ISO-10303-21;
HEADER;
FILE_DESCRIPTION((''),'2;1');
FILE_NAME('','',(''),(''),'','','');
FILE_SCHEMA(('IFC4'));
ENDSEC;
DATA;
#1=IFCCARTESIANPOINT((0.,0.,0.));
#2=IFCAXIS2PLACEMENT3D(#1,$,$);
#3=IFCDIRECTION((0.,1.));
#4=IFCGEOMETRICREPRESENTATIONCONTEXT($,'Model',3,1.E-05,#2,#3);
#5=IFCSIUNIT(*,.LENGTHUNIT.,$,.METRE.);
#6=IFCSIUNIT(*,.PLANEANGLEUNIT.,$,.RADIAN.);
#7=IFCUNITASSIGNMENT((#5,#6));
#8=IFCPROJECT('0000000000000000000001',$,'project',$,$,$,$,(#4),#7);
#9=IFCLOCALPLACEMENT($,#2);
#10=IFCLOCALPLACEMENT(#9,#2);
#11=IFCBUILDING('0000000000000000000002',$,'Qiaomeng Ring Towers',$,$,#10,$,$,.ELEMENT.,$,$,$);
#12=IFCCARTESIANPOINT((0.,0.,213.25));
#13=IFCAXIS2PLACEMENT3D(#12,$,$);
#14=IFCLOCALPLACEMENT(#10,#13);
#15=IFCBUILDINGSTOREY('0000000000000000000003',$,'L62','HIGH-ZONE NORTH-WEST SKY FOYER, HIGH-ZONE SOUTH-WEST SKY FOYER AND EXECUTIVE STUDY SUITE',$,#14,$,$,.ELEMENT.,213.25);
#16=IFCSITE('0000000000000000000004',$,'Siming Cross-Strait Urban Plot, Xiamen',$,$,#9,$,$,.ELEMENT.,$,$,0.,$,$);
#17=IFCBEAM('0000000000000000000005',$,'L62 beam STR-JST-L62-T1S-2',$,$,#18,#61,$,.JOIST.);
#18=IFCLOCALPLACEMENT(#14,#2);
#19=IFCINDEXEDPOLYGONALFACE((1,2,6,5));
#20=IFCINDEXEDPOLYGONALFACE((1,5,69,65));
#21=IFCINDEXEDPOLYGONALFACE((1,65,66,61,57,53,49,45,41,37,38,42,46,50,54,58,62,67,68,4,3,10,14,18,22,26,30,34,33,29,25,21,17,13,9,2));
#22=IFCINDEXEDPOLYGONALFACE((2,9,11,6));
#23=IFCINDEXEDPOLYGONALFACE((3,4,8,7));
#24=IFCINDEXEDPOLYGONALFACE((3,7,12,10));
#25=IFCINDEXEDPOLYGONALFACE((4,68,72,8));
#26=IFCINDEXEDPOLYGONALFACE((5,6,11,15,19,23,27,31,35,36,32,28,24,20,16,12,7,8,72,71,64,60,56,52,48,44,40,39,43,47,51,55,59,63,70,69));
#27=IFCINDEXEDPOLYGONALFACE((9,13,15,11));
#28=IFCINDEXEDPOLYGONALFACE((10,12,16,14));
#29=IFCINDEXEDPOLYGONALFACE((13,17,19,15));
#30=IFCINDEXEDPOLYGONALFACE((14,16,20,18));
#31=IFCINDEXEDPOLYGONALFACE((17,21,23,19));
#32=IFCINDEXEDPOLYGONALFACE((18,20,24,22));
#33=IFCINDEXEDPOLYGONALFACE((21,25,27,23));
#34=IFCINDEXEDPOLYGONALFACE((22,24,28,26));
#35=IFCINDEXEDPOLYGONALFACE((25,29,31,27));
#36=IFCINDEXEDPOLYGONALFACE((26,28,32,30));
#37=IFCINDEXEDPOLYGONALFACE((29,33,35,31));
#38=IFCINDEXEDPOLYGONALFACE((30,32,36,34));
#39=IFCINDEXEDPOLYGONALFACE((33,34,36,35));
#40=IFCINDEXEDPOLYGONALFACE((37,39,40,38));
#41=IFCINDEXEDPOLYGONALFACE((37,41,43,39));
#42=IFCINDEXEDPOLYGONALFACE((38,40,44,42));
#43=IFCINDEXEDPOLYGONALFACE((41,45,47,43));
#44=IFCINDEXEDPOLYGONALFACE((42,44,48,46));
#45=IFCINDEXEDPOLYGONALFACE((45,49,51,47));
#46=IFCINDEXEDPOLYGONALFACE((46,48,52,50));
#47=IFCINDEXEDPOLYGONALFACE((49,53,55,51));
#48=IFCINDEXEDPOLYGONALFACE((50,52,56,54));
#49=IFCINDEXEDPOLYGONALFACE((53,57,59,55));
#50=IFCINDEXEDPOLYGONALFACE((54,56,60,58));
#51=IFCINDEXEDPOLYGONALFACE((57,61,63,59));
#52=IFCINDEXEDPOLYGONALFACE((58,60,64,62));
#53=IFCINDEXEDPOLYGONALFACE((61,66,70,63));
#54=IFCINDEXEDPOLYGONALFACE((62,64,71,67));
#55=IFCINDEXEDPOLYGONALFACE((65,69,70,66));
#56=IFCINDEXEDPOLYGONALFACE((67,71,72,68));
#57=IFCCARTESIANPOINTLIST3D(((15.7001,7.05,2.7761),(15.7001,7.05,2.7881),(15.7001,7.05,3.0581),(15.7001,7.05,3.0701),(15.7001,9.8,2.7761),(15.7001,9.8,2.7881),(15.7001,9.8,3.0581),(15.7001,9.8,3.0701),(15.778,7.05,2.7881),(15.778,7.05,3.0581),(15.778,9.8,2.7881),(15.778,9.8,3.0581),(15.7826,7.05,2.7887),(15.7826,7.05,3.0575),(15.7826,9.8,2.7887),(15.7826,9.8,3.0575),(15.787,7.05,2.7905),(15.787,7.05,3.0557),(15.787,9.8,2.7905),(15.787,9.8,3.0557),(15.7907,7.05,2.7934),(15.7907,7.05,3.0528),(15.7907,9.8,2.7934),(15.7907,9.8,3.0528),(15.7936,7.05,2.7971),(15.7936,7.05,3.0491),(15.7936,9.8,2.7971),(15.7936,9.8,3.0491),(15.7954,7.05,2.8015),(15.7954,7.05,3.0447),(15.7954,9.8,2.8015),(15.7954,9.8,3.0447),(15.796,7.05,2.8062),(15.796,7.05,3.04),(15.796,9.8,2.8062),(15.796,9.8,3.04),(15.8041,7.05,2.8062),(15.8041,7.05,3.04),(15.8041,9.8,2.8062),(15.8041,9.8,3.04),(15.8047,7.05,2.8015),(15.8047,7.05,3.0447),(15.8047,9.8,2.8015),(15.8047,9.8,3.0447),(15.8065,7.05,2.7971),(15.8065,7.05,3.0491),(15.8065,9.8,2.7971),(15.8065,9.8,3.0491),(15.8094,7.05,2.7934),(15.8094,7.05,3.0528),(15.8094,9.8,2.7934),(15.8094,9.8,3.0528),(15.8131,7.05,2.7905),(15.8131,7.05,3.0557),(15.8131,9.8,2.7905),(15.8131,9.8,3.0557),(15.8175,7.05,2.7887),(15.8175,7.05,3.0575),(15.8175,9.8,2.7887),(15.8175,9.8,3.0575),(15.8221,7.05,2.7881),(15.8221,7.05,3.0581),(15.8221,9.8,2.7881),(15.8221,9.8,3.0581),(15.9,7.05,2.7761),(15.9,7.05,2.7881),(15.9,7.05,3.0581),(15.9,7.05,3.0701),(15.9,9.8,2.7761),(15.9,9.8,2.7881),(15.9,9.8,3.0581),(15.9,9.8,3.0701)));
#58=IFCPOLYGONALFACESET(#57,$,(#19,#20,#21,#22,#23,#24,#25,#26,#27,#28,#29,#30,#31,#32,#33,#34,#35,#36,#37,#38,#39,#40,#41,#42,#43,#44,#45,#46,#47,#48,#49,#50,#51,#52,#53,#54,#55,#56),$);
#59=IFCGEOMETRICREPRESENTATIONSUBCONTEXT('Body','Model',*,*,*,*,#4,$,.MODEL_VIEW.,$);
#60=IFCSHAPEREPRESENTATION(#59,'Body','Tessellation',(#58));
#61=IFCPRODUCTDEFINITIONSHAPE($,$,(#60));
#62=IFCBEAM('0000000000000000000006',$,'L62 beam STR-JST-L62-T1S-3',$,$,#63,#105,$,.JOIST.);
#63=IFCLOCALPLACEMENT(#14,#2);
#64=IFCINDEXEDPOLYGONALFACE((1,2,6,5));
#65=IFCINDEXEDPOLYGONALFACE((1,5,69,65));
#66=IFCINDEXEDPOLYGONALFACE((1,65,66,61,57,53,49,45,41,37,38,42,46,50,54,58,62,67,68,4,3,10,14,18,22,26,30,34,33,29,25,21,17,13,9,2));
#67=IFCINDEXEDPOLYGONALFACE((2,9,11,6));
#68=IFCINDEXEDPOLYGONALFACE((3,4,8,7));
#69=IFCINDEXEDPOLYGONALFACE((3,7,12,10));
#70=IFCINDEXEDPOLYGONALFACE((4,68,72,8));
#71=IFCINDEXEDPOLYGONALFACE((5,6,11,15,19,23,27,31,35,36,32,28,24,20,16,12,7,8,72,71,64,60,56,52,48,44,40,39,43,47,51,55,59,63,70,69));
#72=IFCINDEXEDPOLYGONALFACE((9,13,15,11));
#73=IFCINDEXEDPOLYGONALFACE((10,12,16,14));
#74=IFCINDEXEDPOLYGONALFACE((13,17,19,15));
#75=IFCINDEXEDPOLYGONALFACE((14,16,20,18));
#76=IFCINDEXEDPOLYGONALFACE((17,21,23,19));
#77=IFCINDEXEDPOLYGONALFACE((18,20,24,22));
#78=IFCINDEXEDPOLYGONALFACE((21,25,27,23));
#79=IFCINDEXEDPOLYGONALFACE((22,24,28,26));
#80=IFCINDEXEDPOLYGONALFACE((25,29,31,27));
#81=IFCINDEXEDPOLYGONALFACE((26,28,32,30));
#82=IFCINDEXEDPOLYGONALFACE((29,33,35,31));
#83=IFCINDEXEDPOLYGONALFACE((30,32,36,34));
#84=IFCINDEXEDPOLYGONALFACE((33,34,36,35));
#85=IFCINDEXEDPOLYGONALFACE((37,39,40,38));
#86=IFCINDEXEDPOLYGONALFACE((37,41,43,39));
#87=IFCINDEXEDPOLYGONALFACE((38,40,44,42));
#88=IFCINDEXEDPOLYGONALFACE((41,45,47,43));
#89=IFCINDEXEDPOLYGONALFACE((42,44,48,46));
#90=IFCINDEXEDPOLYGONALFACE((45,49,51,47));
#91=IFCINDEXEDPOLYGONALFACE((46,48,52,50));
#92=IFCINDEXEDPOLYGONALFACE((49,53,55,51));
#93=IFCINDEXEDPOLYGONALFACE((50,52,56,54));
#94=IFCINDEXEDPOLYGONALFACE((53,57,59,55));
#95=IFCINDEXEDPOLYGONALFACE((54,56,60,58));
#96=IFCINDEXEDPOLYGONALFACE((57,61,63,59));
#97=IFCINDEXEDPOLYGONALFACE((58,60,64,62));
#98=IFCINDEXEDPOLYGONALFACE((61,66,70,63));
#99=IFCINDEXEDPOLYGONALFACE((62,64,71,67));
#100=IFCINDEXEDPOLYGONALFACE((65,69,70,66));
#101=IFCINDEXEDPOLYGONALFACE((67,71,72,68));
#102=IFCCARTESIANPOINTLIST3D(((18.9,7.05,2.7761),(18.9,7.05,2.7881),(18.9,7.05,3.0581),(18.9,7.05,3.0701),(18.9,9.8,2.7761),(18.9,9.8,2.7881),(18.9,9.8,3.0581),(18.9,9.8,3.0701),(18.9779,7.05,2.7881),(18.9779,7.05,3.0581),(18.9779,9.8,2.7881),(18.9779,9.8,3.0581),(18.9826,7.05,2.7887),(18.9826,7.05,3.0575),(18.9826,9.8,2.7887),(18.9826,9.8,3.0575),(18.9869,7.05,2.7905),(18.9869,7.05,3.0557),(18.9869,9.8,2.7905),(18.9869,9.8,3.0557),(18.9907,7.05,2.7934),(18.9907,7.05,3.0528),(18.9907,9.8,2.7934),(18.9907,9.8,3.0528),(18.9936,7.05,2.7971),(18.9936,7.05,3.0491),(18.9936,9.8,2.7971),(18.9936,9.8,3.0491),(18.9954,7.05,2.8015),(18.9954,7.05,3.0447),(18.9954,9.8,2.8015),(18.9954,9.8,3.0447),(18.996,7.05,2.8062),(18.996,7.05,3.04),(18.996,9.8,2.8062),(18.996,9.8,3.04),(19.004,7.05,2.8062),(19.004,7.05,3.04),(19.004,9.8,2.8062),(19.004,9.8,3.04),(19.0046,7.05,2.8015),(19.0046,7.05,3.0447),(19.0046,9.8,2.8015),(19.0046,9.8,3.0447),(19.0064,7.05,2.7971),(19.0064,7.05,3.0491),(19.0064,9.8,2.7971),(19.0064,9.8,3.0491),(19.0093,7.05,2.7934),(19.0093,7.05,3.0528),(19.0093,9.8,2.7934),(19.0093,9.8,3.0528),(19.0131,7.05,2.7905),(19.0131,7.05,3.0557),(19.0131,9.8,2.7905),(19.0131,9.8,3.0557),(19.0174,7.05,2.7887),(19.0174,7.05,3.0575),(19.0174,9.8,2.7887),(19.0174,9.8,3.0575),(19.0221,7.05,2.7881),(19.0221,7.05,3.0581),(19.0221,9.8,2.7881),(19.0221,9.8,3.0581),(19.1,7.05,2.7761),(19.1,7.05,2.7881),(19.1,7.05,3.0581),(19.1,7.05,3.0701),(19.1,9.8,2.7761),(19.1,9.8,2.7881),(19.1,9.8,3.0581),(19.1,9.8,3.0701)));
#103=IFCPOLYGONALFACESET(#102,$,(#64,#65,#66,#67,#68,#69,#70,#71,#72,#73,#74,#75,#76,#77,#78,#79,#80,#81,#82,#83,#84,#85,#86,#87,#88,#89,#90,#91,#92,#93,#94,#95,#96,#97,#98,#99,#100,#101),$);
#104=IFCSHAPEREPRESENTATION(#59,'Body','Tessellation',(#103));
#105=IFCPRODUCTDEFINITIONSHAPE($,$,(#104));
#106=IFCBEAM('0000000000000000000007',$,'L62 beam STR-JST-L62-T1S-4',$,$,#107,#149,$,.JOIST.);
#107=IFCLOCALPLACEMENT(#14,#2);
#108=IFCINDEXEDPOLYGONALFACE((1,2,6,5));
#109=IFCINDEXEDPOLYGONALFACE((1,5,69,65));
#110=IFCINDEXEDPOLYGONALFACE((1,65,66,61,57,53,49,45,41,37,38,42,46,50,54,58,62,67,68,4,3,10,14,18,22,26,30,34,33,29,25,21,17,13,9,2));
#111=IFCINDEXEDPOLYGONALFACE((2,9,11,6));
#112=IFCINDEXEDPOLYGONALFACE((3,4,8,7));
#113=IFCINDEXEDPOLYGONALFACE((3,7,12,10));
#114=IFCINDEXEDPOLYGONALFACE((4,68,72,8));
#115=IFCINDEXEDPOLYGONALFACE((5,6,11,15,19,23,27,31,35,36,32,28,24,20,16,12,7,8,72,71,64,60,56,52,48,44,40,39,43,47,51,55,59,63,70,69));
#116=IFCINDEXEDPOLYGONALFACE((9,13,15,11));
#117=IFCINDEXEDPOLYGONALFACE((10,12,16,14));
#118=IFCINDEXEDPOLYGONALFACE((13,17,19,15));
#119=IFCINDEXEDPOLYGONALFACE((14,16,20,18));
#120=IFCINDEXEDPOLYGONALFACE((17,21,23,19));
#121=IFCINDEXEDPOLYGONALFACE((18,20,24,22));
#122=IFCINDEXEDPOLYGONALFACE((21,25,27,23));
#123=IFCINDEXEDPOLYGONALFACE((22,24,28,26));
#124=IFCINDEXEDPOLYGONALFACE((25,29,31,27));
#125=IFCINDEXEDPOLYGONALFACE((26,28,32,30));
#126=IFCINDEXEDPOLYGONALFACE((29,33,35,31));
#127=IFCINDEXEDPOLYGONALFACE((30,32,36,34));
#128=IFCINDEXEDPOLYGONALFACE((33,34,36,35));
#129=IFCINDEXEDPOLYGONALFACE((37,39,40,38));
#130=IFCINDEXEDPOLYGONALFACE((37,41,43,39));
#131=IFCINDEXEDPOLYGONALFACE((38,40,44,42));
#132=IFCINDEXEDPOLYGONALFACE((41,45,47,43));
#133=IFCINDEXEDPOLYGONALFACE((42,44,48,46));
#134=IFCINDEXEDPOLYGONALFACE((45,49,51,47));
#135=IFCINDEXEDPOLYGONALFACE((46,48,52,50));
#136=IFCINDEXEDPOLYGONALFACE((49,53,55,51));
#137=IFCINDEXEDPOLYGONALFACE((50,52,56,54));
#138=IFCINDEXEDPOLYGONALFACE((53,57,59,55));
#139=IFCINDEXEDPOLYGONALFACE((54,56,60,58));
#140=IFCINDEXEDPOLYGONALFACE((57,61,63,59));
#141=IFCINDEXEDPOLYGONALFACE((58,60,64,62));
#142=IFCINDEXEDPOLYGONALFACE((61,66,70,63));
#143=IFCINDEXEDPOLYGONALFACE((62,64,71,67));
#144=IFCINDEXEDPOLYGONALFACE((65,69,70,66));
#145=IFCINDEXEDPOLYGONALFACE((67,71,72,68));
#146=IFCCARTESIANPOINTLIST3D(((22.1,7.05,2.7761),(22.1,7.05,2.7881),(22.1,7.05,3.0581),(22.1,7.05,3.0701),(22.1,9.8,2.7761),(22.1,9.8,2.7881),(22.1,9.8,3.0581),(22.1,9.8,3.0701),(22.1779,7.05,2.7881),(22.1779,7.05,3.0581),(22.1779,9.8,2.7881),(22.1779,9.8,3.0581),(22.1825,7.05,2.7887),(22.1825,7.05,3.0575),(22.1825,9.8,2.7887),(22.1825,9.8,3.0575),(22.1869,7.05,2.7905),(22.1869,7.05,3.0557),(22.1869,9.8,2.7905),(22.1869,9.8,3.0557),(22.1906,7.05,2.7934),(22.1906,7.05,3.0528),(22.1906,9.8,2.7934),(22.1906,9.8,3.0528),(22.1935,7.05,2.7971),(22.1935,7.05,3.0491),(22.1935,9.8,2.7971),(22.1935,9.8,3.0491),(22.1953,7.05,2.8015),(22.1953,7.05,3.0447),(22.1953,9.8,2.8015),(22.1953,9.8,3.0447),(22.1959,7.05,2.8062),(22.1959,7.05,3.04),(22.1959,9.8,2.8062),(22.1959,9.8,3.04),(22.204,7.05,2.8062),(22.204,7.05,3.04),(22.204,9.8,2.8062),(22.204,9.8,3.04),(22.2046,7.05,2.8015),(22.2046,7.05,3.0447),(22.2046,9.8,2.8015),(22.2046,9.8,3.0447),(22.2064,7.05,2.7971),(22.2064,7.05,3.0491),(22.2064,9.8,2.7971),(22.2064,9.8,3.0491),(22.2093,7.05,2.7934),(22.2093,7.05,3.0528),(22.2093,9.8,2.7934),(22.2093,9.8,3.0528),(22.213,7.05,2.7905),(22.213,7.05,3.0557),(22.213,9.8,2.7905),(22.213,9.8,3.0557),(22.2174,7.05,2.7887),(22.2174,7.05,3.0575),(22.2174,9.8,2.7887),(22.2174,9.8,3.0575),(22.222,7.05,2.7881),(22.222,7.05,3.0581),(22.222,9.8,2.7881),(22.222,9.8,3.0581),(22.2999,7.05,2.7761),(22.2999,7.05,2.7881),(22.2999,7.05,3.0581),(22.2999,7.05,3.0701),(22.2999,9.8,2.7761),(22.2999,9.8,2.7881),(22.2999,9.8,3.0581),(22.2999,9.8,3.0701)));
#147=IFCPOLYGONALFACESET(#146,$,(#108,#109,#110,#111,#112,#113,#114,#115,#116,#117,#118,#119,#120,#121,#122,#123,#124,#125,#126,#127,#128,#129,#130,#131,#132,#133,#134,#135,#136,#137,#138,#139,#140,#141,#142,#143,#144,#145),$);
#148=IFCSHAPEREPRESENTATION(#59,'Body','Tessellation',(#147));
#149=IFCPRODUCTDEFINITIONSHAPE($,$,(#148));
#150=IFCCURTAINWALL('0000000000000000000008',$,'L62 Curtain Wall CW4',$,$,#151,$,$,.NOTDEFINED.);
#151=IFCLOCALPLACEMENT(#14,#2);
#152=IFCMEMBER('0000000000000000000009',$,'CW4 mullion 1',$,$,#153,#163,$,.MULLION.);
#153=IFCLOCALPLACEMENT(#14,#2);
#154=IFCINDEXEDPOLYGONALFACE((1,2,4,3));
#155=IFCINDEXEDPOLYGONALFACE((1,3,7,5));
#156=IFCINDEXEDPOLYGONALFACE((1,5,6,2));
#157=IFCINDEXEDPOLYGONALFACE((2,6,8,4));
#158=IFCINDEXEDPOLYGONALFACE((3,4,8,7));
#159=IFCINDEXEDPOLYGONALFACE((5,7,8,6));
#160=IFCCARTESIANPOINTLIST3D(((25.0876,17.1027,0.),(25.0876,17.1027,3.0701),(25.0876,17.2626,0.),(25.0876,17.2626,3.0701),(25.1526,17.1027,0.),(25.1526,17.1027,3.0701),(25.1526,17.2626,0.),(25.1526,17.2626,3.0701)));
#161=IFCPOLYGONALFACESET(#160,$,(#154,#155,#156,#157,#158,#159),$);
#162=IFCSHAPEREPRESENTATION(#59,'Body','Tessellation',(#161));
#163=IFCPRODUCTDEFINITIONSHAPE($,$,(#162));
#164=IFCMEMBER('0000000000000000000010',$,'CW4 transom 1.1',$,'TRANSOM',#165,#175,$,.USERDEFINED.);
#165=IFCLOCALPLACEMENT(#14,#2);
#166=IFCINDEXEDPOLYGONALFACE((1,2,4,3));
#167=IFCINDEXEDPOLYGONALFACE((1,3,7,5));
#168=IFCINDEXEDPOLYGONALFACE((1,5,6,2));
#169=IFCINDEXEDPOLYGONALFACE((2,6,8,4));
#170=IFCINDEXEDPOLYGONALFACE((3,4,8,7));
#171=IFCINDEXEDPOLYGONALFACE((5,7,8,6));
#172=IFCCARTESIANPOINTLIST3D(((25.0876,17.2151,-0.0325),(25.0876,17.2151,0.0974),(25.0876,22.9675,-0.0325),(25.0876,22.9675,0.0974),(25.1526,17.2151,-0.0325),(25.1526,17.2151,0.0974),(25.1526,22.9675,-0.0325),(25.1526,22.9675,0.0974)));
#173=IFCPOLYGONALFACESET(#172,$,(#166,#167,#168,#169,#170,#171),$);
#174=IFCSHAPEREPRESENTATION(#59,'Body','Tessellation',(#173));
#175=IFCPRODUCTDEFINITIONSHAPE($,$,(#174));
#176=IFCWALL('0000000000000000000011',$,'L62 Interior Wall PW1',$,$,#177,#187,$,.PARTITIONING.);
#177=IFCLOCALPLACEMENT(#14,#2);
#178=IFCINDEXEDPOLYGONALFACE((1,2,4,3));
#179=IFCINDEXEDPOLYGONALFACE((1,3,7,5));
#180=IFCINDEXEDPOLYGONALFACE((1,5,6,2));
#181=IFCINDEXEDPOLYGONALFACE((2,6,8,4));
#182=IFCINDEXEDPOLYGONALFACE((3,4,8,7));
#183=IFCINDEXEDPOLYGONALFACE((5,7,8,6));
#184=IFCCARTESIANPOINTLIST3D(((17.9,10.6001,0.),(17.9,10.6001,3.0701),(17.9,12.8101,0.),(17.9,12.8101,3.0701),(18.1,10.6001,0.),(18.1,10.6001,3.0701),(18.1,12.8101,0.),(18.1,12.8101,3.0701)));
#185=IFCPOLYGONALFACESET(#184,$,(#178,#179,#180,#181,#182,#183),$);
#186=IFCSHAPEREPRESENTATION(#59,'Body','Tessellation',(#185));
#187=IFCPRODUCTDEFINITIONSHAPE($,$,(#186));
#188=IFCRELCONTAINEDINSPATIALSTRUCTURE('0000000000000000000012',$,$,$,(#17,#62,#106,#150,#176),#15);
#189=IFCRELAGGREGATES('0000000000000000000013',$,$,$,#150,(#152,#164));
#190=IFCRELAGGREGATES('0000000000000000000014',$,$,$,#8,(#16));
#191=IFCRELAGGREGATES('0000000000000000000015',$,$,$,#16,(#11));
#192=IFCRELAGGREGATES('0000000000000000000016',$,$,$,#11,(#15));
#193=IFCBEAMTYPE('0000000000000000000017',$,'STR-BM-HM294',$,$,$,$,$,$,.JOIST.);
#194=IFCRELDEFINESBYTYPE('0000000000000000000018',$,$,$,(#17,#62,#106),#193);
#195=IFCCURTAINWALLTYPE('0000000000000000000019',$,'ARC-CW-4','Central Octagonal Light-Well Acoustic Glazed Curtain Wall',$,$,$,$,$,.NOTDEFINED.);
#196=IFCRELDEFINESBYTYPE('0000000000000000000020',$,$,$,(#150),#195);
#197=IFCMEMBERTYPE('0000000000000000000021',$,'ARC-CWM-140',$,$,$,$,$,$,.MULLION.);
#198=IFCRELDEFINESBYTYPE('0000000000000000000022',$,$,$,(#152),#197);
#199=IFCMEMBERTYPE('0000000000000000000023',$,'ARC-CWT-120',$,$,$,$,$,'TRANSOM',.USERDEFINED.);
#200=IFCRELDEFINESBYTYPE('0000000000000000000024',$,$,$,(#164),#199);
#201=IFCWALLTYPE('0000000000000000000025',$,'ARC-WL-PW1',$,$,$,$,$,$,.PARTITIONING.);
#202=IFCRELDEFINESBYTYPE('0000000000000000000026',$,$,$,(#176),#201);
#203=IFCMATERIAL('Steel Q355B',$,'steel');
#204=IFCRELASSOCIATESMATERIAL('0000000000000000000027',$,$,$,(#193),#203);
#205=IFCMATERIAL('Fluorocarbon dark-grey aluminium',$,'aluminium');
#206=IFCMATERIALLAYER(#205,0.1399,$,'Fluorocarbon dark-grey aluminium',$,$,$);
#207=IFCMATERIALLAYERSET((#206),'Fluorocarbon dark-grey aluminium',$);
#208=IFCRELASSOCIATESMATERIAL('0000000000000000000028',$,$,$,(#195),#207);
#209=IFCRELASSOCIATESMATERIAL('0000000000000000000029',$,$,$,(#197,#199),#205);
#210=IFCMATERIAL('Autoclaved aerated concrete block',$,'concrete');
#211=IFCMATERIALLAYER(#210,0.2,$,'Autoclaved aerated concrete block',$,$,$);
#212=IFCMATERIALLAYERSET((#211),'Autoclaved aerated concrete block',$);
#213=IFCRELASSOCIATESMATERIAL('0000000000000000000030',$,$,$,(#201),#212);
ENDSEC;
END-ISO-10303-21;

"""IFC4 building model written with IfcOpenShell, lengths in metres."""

from ifc_helpers import new_model, si_unit, direction, frame, frame_2d, origin, origin_2d, place, context, subcontext, project, spatial, rectangle, i_section, extrude, source, transform, mapped, material, layer, layer_set, material_profile, profile_set, type_object, element, aggregate, save


model = new_model("IFC4")

# Units and contexts
model_context = context("Model", 3, precision=1e-05, world=origin(), true_north=direction((0.0, 1.0)))
body_context = subcontext(model_context, "Body", "Model", "MODEL_VIEW")
ifc_project = project(units=[si_unit("LENGTHUNIT", "METRE"), si_unit("PLANEANGLEUNIT", "RADIAN")], contexts=[model_context])

# Site, building, storey
site_placement = place(None, origin())
site = spatial("IfcSite", under=ifc_project, at=site_placement, Name="Siming Cross-Strait Urban Plot, Xiamen", CompositionType="ELEMENT", RefElevation=0.0)
building_placement = place(site_placement, origin())
building = spatial("IfcBuilding", under=site, at=building_placement, Name="Qiaomeng Ring Towers", CompositionType="ELEMENT")
storey_placement = place(building_placement, frame((0.0, 0.0, 213.25)))
storey = spatial("IfcBuildingStorey", under=building, at=storey_placement, Name="L62", Description="HIGH-ZONE NORTH-WEST SKY FOYER, HIGH-ZONE SOUTH-WEST SKY FOYER AND EXECUTIVE STUDY SUITE", CompositionType="ELEMENT", Elevation=213.25)

# Beams
ifc_material_1 = material(Name="Steel Q355B", Category="steel")
ifc_material_profile_1 = material_profile(ifc_material_1, i_section(OverallWidth=0.2, OverallDepth=0.2939, WebThickness=0.0081, FlangeThickness=0.012, FilletRadius=0.0181, at=origin_2d()), Name="HM 294x200x8x12")
ifc_profile_set_1 = profile_set([ifc_material_profile_1], Name="Steel Q355B")
beam_type = type_object("IfcBeamType", Name="STR-BM-HM294", PredefinedType="JOIST", material=ifc_profile_set_1)
shared_shape_1 = source(origin(), body_context, "Body", "SweptSolid", [
    extrude(i_section(OverallWidth=0.2, OverallDepth=0.2939, WebThickness=0.0081, FlangeThickness=0.012, FilletRadius=0.0181, at=origin_2d()), origin(), (0.0, 0.0, 1.0), 2.75),
])
for number, where, z_axis, x_axis, name in (
    (1, (15.8, 7.05, 2.9231), (0.0, 1.0, 0.0), (-1.0, 0.0, 0.0), "L62 beam STR-JST-L62-T1S-2"),
    (2, (19.0, 7.05, 2.9231), (0.0, 1.0, 0.0), (-1.0, 0.0, 0.0), "L62 beam STR-JST-L62-T1S-3"),
    (3, (22.2, 7.05, 2.9231), (0.0, 1.0, 0.0), (-1.0, 0.0, 0.0), "L62 beam STR-JST-L62-T1S-4"),
):
    element("IfcBeam", number, at=place(storey_placement, frame(where, z_axis=z_axis, x_axis=x_axis)), inside=storey, type_object=beam_type, Name=name, PredefinedType="JOIST", context=body_context, shape_type="MappedRepresentation", body=[
        mapped(shared_shape_1, transform((0.0, 0.0, 0.0), x_axis=(1.0, 0.0, 0.0), y_axis=(0.0, 1.0, 0.0), z_axis=(0.0, 0.0, 1.0), scale=1.0)),
    ])

# Curtain wall, members
ifc_material_2 = material(Name="Fluorocarbon dark-grey aluminium", Category="aluminium")
ifc_layer_1 = layer(ifc_material_2, 0.1399, Name="Fluorocarbon dark-grey aluminium")
ifc_layer_set_1 = layer_set([ifc_layer_1], Name="Fluorocarbon dark-grey aluminium")
curtain_wall_type = type_object("IfcCurtainWallType", Name="ARC-CW-4", Description="Central Octagonal Light-Well Acoustic Glazed Curtain Wall", PredefinedType="NOTDEFINED", material=ifc_layer_set_1)
curtain_wall_placement = place(storey_placement, origin())
curtain_wall = element("IfcCurtainWall", 4, at=curtain_wall_placement, inside=storey, type_object=curtain_wall_type, Name="L62 Curtain Wall CW4", PredefinedType="NOTDEFINED")
ifc_material_profile_2 = material_profile(ifc_material_2, rectangle(XDim=0.0649, YDim=0.1599, at=origin_2d()), Name="ALU MULL 65x160")
ifc_profile_set_2 = profile_set([ifc_material_profile_2], Name="Fluorocarbon dark-grey aluminium")
member_type_1 = type_object("IfcMemberType", Name="ARC-CWM-140", PredefinedType="MULLION", material=ifc_profile_set_2)
shared_shape_2 = source(origin(), body_context, "Body", "SweptSolid", [
    extrude(rectangle(XDim=0.0649, YDim=0.1599, at=origin_2d()), origin(), (0.0, 0.0, 1.0), 3.0701),
])
member_1_placement = place(storey_placement, frame((25.1201, 17.1826, 0.0), z_axis=(0.0, 0.0, 1.0), x_axis=(-1.0, 0.0, 0.0)))
member_1 = element("IfcMember", 5, at=member_1_placement, type_object=member_type_1, Name="CW4 mullion 1", PredefinedType="MULLION", context=body_context, shape_type="MappedRepresentation", body=[
    mapped(shared_shape_2, transform((0.0, 0.0, 0.0), x_axis=(1.0, 0.0, 0.0), y_axis=(0.0, 1.0, 0.0), z_axis=(0.0, 0.0, 1.0), scale=1.0)),
])
ifc_material_profile_3 = material_profile(ifc_material_2, rectangle(XDim=0.0649, YDim=0.1299, at=origin_2d()), Name="ALU TRAN 65x130")
ifc_profile_set_3 = profile_set([ifc_material_profile_3], Name="Fluorocarbon dark-grey aluminium")
member_type_2 = type_object("IfcMemberType", Name="ARC-CWT-120", ElementType="TRANSOM", PredefinedType="USERDEFINED", material=ifc_profile_set_3)
shared_shape_3 = source(origin(), body_context, "Body", "SweptSolid", [
    extrude(rectangle(XDim=0.0649, YDim=0.1299, at=origin_2d()), origin(), (0.0, 0.0, 1.0), 5.7524),
])
member_2_placement = place(storey_placement, frame((25.1201, 17.2151, 0.0325), z_axis=(0.0, 1.0, 0.0), x_axis=(-1.0, 0.0, 0.0)))
member_2 = element("IfcMember", 6, at=member_2_placement, type_object=member_type_2, Name="CW4 transom 1.1", ObjectType="TRANSOM", PredefinedType="USERDEFINED", context=body_context, shape_type="MappedRepresentation", body=[
    mapped(shared_shape_3, transform((0.0, 0.0, 0.0), x_axis=(1.0, 0.0, 0.0), y_axis=(0.0, 1.0, 0.0), z_axis=(0.0, 0.0, 1.0), scale=1.0)),
])
aggregate(curtain_wall, [member_1, member_2])

# Wall
ifc_material_3 = material(Name="Autoclaved aerated concrete block", Category="concrete")
ifc_layer_2 = layer(ifc_material_3, 0.2, Name="Autoclaved aerated concrete block")
ifc_layer_set_2 = layer_set([ifc_layer_2], Name="Autoclaved aerated concrete block")
wall_type_1 = type_object("IfcWallType", Name="ARC-WL-PW1", PredefinedType="PARTITIONING", material=ifc_layer_set_2)
for number, where, z_axis, x_axis, name in (
    (7, (18.0, 10.6001, 0.0), (0.0, 0.0, 1.0), (0.0, 1.0, 0.0), "L62 Interior Wall PW1"),
):
    element("IfcWall", number, at=place(storey_placement, frame(where, z_axis=z_axis, x_axis=x_axis)), inside=storey, type_object=wall_type_1, Name=name, PredefinedType="PARTITIONING", context=body_context, shape_type="SweptSolid", body=[
        extrude(rectangle(XDim=2.21, YDim=0.2, at=frame_2d((1.105, 0.0))), origin(), (0.0, 0.0, 1.0), 3.0701),
    ])

save(model, "model.ifc")
